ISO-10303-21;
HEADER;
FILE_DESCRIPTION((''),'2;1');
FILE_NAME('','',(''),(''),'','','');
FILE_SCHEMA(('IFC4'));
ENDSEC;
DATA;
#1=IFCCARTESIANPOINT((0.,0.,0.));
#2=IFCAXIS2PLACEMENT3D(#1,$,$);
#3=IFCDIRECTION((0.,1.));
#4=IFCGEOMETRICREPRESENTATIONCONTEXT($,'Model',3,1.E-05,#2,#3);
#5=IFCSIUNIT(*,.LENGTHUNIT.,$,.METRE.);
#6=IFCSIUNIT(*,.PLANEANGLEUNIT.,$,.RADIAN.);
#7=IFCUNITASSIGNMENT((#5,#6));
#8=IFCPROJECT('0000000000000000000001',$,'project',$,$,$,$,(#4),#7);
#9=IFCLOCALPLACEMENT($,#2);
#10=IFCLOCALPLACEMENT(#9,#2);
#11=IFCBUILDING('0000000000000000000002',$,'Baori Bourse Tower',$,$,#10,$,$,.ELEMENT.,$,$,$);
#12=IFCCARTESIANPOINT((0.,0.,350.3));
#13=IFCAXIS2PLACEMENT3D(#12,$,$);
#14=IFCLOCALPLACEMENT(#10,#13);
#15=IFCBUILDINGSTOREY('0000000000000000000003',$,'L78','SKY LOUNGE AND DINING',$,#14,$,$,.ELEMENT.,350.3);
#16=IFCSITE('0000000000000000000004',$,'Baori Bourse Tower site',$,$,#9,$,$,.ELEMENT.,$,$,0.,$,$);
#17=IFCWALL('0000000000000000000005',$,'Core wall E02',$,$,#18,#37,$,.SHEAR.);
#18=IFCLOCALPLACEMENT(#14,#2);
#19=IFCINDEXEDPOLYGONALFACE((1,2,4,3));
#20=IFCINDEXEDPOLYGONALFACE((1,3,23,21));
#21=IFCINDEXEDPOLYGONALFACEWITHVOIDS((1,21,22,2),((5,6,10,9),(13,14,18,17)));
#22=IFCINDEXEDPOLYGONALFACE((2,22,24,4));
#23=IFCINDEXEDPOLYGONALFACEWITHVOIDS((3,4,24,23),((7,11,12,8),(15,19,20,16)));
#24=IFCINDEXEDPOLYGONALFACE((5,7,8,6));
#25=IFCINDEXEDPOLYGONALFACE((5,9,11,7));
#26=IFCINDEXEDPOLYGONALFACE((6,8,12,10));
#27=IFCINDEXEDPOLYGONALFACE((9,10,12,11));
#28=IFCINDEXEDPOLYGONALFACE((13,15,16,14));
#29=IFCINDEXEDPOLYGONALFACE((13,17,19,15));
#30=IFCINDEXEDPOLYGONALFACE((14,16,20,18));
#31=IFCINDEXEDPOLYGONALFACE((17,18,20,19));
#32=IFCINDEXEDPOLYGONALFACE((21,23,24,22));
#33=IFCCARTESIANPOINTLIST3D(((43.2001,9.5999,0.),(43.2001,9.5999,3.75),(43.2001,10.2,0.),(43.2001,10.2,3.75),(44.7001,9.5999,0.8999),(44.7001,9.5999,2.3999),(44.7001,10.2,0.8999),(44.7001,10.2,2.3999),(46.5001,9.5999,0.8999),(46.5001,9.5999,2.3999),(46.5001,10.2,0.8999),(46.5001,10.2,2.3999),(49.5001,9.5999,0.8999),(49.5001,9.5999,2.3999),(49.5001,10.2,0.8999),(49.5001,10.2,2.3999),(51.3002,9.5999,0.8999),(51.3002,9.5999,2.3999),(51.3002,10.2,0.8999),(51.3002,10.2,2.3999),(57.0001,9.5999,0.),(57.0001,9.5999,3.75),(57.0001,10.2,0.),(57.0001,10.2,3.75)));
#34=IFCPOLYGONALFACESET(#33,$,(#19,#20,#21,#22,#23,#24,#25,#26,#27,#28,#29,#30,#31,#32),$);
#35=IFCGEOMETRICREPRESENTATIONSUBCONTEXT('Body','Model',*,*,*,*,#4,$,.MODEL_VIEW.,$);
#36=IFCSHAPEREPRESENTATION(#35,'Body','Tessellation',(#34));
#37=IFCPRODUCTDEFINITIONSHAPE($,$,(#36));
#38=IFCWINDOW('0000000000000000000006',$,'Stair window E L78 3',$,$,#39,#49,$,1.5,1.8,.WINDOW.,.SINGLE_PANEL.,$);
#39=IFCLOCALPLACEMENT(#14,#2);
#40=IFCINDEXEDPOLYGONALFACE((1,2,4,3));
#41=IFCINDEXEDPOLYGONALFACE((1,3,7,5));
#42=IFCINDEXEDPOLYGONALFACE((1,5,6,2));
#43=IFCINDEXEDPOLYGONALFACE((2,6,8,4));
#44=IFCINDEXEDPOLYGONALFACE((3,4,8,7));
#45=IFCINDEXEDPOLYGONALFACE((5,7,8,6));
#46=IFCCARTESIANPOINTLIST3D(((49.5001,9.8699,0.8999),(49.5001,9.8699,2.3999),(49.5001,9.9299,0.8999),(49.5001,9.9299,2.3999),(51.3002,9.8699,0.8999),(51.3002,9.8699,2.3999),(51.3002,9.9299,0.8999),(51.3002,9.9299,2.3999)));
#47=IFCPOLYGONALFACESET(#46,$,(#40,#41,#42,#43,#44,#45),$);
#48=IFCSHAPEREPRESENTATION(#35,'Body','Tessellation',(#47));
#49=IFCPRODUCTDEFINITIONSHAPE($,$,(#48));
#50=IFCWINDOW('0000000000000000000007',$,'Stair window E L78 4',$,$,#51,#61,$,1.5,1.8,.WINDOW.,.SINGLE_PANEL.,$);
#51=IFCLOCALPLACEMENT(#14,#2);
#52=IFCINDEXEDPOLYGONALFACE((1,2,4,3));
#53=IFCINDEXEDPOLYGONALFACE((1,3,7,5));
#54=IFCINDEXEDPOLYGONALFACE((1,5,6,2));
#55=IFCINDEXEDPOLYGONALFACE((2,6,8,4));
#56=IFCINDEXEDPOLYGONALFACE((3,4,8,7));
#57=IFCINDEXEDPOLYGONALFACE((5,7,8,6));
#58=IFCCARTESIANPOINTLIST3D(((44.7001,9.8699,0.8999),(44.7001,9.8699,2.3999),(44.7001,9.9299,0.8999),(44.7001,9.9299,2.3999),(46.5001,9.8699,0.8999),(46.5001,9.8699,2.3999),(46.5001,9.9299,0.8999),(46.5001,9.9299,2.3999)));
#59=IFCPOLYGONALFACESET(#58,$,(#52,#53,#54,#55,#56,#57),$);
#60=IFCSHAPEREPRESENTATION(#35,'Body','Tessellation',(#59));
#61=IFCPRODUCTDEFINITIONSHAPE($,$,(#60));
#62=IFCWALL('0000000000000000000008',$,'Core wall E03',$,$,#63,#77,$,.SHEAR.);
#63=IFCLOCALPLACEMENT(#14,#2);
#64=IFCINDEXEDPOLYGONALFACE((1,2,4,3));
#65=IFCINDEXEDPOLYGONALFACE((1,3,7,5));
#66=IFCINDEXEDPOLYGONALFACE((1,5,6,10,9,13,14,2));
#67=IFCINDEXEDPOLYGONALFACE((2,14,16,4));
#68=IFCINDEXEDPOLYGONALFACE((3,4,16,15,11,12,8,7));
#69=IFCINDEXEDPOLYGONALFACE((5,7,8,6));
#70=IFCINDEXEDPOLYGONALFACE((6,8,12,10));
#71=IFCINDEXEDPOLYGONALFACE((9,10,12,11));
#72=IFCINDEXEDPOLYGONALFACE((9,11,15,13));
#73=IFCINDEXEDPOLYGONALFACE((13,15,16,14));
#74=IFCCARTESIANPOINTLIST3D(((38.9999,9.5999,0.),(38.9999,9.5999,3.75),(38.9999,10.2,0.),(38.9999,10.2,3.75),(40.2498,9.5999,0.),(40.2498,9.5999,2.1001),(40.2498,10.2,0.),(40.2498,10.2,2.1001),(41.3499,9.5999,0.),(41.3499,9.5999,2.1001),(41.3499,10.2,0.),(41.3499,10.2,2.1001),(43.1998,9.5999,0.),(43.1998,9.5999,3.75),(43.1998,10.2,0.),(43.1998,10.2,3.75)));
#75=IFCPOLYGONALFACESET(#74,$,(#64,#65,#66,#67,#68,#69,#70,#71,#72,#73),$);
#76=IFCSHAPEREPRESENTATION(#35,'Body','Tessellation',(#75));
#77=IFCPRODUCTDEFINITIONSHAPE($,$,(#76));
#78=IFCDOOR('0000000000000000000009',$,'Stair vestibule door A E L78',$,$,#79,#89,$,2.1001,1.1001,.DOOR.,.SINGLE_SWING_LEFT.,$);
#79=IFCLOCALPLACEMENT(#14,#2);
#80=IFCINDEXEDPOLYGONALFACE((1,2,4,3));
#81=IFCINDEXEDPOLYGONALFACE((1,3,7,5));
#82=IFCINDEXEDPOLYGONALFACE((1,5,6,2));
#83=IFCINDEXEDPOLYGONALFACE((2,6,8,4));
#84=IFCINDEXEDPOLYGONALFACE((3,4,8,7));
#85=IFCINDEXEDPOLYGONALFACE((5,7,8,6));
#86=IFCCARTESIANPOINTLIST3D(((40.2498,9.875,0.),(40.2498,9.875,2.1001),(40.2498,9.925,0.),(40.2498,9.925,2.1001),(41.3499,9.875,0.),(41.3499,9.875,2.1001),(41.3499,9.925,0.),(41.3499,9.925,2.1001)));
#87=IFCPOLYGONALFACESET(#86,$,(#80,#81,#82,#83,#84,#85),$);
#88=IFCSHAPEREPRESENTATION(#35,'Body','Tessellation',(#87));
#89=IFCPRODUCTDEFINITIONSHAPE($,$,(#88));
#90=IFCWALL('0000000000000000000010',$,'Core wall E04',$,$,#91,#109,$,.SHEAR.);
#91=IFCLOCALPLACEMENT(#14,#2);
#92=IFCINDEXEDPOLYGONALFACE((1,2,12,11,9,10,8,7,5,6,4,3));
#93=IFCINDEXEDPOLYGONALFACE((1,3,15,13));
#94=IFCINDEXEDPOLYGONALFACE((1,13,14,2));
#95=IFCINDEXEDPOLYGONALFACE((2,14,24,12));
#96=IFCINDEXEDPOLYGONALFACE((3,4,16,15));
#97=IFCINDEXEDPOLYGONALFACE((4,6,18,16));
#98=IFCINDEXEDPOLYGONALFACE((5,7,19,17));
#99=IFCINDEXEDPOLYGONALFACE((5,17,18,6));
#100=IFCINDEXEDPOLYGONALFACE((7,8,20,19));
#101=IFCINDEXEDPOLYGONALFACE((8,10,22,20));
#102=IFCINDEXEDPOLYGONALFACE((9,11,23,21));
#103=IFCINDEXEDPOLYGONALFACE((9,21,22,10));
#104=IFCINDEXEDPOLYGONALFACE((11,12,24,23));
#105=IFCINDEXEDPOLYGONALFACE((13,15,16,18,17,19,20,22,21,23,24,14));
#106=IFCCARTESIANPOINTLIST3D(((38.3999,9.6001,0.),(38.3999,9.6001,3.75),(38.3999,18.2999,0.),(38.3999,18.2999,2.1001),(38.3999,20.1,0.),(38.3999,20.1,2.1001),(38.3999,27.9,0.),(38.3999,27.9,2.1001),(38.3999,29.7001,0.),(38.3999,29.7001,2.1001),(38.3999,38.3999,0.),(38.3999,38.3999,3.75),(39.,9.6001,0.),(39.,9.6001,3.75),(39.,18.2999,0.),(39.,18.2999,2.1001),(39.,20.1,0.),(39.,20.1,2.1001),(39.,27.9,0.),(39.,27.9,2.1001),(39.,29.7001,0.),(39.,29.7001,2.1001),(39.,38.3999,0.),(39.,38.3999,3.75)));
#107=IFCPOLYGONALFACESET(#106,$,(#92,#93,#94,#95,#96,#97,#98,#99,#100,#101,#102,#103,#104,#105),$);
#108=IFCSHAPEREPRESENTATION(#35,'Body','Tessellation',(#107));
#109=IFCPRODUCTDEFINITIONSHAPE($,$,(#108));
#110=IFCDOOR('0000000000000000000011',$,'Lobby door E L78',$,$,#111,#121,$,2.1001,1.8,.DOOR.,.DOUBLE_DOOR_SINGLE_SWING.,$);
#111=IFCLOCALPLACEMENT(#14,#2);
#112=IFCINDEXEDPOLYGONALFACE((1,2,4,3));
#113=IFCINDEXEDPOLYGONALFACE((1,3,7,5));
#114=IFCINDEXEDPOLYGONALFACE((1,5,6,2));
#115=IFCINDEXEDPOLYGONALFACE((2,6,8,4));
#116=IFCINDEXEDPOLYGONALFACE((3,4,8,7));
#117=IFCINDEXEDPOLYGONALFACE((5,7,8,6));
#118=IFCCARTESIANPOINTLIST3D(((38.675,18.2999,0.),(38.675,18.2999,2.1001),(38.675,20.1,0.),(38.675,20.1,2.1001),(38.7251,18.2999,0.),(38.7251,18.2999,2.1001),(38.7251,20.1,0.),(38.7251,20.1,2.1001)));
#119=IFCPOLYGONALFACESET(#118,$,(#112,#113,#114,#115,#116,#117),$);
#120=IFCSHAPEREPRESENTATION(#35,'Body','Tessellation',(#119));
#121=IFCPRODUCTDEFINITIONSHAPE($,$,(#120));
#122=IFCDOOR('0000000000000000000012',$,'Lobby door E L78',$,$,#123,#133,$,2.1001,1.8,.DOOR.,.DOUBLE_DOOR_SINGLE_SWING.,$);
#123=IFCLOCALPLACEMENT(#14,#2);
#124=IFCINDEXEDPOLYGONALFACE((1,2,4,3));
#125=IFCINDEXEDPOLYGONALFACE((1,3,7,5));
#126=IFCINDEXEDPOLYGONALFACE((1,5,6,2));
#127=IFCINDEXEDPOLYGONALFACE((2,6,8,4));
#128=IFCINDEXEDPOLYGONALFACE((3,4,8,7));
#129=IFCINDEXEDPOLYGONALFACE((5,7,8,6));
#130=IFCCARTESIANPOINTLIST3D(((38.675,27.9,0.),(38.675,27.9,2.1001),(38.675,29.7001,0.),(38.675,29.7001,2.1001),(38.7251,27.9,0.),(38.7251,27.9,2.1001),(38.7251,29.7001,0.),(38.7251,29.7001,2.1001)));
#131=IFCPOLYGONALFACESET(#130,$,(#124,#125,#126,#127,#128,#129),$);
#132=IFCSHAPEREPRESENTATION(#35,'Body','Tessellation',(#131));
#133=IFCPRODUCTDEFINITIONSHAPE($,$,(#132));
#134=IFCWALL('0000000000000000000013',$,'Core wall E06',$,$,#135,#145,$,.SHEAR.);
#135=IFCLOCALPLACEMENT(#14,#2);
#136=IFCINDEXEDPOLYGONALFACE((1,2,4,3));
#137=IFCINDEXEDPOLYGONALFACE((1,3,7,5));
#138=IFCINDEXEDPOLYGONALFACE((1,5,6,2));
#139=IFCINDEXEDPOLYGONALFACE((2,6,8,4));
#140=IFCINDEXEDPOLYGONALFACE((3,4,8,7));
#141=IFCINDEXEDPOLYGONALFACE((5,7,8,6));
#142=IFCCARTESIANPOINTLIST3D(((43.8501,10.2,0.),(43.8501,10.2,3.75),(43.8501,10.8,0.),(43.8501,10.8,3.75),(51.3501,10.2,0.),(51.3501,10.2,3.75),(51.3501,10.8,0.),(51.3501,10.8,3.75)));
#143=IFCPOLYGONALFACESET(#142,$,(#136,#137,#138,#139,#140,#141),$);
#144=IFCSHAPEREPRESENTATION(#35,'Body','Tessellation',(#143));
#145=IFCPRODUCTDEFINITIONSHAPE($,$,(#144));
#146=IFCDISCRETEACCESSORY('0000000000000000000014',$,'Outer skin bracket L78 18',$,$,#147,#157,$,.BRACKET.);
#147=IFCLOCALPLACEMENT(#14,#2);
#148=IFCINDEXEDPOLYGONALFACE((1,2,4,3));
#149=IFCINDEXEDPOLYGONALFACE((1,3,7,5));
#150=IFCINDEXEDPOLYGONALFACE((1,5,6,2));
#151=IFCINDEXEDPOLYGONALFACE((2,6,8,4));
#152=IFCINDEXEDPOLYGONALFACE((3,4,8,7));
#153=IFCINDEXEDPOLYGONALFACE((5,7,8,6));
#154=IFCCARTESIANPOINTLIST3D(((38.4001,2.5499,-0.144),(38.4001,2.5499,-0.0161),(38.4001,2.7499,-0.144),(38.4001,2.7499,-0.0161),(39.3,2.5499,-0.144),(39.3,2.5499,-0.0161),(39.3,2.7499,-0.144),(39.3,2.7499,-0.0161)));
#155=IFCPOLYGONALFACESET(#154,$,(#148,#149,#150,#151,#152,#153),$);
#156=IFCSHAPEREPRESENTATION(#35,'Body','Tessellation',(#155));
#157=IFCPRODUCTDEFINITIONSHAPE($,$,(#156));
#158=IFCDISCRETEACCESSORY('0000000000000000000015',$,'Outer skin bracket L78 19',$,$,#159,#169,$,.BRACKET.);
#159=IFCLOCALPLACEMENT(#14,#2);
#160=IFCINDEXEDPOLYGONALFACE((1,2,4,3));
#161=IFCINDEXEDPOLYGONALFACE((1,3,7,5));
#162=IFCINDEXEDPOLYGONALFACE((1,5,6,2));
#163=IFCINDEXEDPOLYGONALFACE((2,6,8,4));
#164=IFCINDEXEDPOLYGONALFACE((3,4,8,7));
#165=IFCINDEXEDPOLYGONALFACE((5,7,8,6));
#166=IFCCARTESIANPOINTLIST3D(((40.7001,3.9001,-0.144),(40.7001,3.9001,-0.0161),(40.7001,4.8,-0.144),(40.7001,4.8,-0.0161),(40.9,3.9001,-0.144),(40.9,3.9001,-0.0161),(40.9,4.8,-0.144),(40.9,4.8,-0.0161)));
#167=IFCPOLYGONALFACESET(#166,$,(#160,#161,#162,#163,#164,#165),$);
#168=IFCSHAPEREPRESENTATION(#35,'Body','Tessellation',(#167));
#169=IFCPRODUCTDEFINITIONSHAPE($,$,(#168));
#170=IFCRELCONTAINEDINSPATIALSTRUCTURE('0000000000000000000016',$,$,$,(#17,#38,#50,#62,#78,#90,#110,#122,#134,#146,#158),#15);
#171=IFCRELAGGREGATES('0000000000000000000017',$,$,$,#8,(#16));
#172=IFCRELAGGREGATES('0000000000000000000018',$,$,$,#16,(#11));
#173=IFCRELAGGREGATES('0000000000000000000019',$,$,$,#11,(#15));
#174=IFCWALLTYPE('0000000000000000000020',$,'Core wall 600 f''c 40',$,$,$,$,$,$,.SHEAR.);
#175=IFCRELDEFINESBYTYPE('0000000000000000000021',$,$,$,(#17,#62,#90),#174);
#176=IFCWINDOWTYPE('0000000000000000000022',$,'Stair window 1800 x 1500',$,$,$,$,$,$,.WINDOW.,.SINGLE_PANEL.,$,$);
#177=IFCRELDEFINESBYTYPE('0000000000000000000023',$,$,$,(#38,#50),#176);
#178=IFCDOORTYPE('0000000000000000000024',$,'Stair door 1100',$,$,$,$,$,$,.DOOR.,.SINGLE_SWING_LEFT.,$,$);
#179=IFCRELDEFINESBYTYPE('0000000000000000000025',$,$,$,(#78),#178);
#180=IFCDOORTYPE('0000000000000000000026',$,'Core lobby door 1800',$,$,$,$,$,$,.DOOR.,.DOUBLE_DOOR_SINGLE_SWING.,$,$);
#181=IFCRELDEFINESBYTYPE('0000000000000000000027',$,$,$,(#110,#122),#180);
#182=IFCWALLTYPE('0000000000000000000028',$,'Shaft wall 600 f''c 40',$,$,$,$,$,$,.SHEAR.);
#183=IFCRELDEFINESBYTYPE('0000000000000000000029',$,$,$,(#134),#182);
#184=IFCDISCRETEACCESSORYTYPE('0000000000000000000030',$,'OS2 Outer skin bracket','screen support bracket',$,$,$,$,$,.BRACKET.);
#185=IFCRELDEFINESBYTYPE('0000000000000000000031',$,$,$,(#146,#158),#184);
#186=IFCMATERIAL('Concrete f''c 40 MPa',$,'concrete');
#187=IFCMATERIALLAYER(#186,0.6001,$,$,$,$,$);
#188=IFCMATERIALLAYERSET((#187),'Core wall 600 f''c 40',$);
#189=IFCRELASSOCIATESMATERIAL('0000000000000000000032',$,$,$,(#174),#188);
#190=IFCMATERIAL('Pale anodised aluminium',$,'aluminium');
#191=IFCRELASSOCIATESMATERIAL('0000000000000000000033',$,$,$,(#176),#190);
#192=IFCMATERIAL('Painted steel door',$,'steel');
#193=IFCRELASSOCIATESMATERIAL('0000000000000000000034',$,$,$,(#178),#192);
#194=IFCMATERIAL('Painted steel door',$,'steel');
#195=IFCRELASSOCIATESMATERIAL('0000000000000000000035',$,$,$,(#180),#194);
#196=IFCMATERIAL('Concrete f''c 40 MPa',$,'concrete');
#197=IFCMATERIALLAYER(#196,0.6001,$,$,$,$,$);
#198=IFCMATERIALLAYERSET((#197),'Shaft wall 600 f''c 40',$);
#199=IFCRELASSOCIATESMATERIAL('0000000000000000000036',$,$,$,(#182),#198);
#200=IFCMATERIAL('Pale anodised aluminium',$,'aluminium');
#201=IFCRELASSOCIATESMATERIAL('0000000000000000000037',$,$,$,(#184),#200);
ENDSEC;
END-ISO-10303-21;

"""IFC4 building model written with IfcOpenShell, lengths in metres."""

from ifc_helpers import new_model, si_unit, direction, frame, frame_2d, origin, origin_2d, place, context, subcontext, project, spatial, rectangle, extrude, material, layer, layer_set, type_object, element, fill, save


model = new_model("IFC4")

# Units and contexts
model_context = context("Model", 3, precision=1e-05, world=origin(), true_north=direction((0.0, 1.0)))
body_context = subcontext(model_context, "Body", "Model", "MODEL_VIEW")
ifc_project = project(units=[si_unit("LENGTHUNIT", "METRE"), si_unit("PLANEANGLEUNIT", "RADIAN")], contexts=[model_context])

# Site, building, storey
site_placement = place(None, origin())
site = spatial("IfcSite", under=ifc_project, at=site_placement, Name="Baori Bourse Tower site", CompositionType="ELEMENT", RefElevation=0.0)
building_placement = place(site_placement, origin())
building = spatial("IfcBuilding", under=site, at=building_placement, Name="Baori Bourse Tower", CompositionType="ELEMENT")
storey_placement = place(building_placement, frame((0.0, 0.0, 350.3)))
storey = spatial("IfcBuildingStorey", under=building, at=storey_placement, Name="L78", Description="SKY LOUNGE AND DINING", CompositionType="ELEMENT", Elevation=350.3)

# Wall, openings, windows
ifc_material_1 = material(Name="Concrete f'c 40 MPa", Category="concrete")
ifc_layer_1 = layer(ifc_material_1, 0.6001)
ifc_layer_set_1 = layer_set([ifc_layer_1], Name="Core wall 600 f'c 40")
wall_type_1 = type_object("IfcWallType", Name="Core wall 600 f'c 40", PredefinedType="SHEAR", material=ifc_layer_set_1)
wall_1_placement = place(storey_placement, frame((57.0, 9.8999, 0.0), z_axis=(0.0, 0.0, 1.0), x_axis=(-1.0, 0.0, 0.0)))
wall_1 = element("IfcWall", 1, at=wall_1_placement, inside=storey, type_object=wall_type_1, Name="Core wall E02", PredefinedType="SHEAR", context=body_context, shape_type="SweptSolid", body=[
    extrude(rectangle(XDim=13.8, YDim=0.6001, at=frame_2d((6.8999, 0.0))), origin(), (0.0, 0.0, 1.0), 3.75),
])
opening_1_placement = place(wall_1_placement, frame((5.7, 0.0, 0.8999)))
opening_1 = element("IfcOpeningElement", 2, at=opening_1_placement, cuts=wall_1, PredefinedType="OPENING", context=body_context, shape_type="SweptSolid", body=[
    extrude(rectangle(XDim=1.8, YDim=1.5, at=frame_2d((0.8999, 0.75))), frame((0.0, 0.3101, 0.0), z_axis=(0.0, -1.0, 0.0), x_axis=(1.0, 0.0, 0.0)), (0.0, 0.0, 1.0), 0.6201),
])
opening_2_placement = place(wall_1_placement, frame((10.5, 0.0, 0.8999)))
opening_2 = element("IfcOpeningElement", 3, at=opening_2_placement, cuts=wall_1, PredefinedType="OPENING", context=body_context, shape_type="SweptSolid", body=[
    extrude(rectangle(XDim=1.8, YDim=1.5, at=frame_2d((0.8999, 0.75))), frame((0.0, 0.3101, 0.0), z_axis=(0.0, -1.0, 0.0), x_axis=(1.0, 0.0, 0.0)), (0.0, 0.0, 1.0), 0.6201),
])
ifc_material_2 = material(Name="Pale anodised aluminium", Category="aluminium")
window_type = type_object("IfcWindowType", Name="Stair window 1800 x 1500", PartitioningType="SINGLE_PANEL", PredefinedType="WINDOW", material=ifc_material_2)
window_1_placement = place(opening_1_placement, origin())
window_1 = element("IfcWindow", 4, at=window_1_placement, inside=storey, type_object=window_type, Name="Stair window E L78 3", OverallHeight=1.5, OverallWidth=1.8, PartitioningType="SINGLE_PANEL", PredefinedType="WINDOW", context=body_context, shape_type="SweptSolid", body=[
    extrude(rectangle(XDim=1.8, YDim=1.5, at=frame_2d((0.8999, 0.75))), frame((0.0, 0.03, 0.0), z_axis=(0.0, -1.0, 0.0), x_axis=(1.0, 0.0, 0.0)), (0.0, 0.0, 1.0), 0.0601),
])
fill(opening_1, window_1)
window_2_placement = place(opening_2_placement, origin())
window_2 = element("IfcWindow", 5, at=window_2_placement, inside=storey, type_object=window_type, Name="Stair window E L78 4", OverallHeight=1.5, OverallWidth=1.8, PartitioningType="SINGLE_PANEL", PredefinedType="WINDOW", context=body_context, shape_type="SweptSolid", body=[
    extrude(rectangle(XDim=1.8, YDim=1.5, at=frame_2d((0.8999, 0.75))), frame((0.0, 0.03, 0.0), z_axis=(0.0, -1.0, 0.0), x_axis=(1.0, 0.0, 0.0)), (0.0, 0.0, 1.0), 0.0601),
])
fill(opening_2, window_2)

# Wall, opening, door
wall_2_placement = place(storey_placement, frame((43.2, 9.8999, 0.0), z_axis=(0.0, 0.0, 1.0), x_axis=(-1.0, 0.0, 0.0)))
wall_2 = element("IfcWall", 6, at=wall_2_placement, inside=storey, type_object=wall_type_1, Name="Core wall E03", PredefinedType="SHEAR", context=body_context, shape_type="SweptSolid", body=[
    extrude(rectangle(XDim=4.2, YDim=0.6001, at=frame_2d((2.1001, 0.0))), origin(), (0.0, 0.0, 1.0), 3.75),
])
opening_3_placement = place(wall_2_placement, frame((1.8501, 0.0, 0.0)))
opening_3 = element("IfcOpeningElement", 7, at=opening_3_placement, cuts=wall_2, PredefinedType="OPENING", context=body_context, shape_type="SweptSolid", body=[
    extrude(rectangle(XDim=1.1001, YDim=2.1001, at=frame_2d((0.55, 1.05))), frame((0.0, 0.3101, 0.0), z_axis=(0.0, -1.0, 0.0), x_axis=(1.0, 0.0, 0.0)), (0.0, 0.0, 1.0), 0.6201),
])
ifc_material_3 = material(Name="Painted steel door", Category="steel")
door_type_1 = type_object("IfcDoorType", Name="Stair door 1100", OperationType="SINGLE_SWING_LEFT", PredefinedType="DOOR", material=ifc_material_3)
door_1_placement = place(opening_3_placement, origin())
door_1 = element("IfcDoor", 8, at=door_1_placement, inside=storey, type_object=door_type_1, Name="Stair vestibule door A E L78", OperationType="SINGLE_SWING_LEFT", OverallHeight=2.1001, OverallWidth=1.1001, PredefinedType="DOOR", context=body_context, shape_type="SweptSolid", body=[
    extrude(rectangle(XDim=1.1001, YDim=2.1001, at=frame_2d((0.55, 1.05))), frame((0.0, 0.0249, 0.0), z_axis=(0.0, -1.0, 0.0), x_axis=(1.0, 0.0, 0.0)), (0.0, 0.0, 1.0), 0.05),
])
fill(opening_3, door_1)

# Wall, openings, doors
wall_3_placement = place(storey_placement, frame((38.7, 9.6001, 0.0), z_axis=(0.0, 0.0, 1.0), x_axis=(0.0, 1.0, 0.0)))
wall_3 = element("IfcWall", 9, at=wall_3_placement, inside=storey, type_object=wall_type_1, Name="Core wall E04", PredefinedType="SHEAR", context=body_context, shape_type="SweptSolid", body=[
    extrude(rectangle(XDim=28.7998, YDim=0.6001, at=frame_2d((14.3999, 0.0))), origin(), (0.0, 0.0, 1.0), 3.75),
])
opening_4_placement = place(wall_3_placement, frame((8.7, 0.0, 0.0)))
opening_4 = element("IfcOpeningElement", 10, at=opening_4_placement, cuts=wall_3, PredefinedType="OPENING", context=body_context, shape_type="SweptSolid", body=[
    extrude(rectangle(XDim=1.8, YDim=2.1001, at=frame_2d((0.8999, 1.05))), frame((0.0, 0.3101, 0.0), z_axis=(0.0, -1.0, 0.0), x_axis=(1.0, 0.0, 0.0)), (0.0, 0.0, 1.0), 0.6201),
])
opening_5_placement = place(wall_3_placement, frame((18.3, 0.0, 0.0)))
opening_5 = element("IfcOpeningElement", 11, at=opening_5_placement, cuts=wall_3, PredefinedType="OPENING", context=body_context, shape_type="SweptSolid", body=[
    extrude(rectangle(XDim=1.8, YDim=2.1001, at=frame_2d((0.8999, 1.05))), frame((0.0, 0.3101, 0.0), z_axis=(0.0, -1.0, 0.0), x_axis=(1.0, 0.0, 0.0)), (0.0, 0.0, 1.0), 0.6201),
])
ifc_material_4 = material(Name="Painted steel door", Category="steel")
door_type_2 = type_object("IfcDoorType", Name="Core lobby door 1800", OperationType="DOUBLE_DOOR_SINGLE_SWING", PredefinedType="DOOR", material=ifc_material_4)
door_2_placement = place(opening_4_placement, origin())
door_2 = element("IfcDoor", 12, at=door_2_placement, inside=storey, type_object=door_type_2, Name="Lobby door E L78", OperationType="DOUBLE_DOOR_SINGLE_SWING", OverallHeight=2.1001, OverallWidth=1.8, PredefinedType="DOOR", context=body_context, shape_type="SweptSolid", body=[
    extrude(rectangle(XDim=1.8, YDim=2.1001, at=frame_2d((0.8999, 1.05))), frame((0.0, 0.0249, 0.0), z_axis=(0.0, -1.0, 0.0), x_axis=(1.0, 0.0, 0.0)), (0.0, 0.0, 1.0), 0.05),
])
fill(opening_4, door_2)
door_3_placement = place(opening_5_placement, origin())
door_3 = element("IfcDoor", 13, at=door_3_placement, inside=storey, type_object=door_type_2, Name="Lobby door E L78", OperationType="DOUBLE_DOOR_SINGLE_SWING", OverallHeight=2.1001, OverallWidth=1.8, PredefinedType="DOOR", context=body_context, shape_type="SweptSolid", body=[
    extrude(rectangle(XDim=1.8, YDim=2.1001, at=frame_2d((0.8999, 1.05))), frame((0.0, 0.0249, 0.0), z_axis=(0.0, -1.0, 0.0), x_axis=(1.0, 0.0, 0.0)), (0.0, 0.0, 1.0), 0.05),
])
fill(opening_5, door_3)

# Wall
ifc_material_5 = material(Name="Concrete f'c 40 MPa", Category="concrete")
ifc_layer_2 = layer(ifc_material_5, 0.6001)
ifc_layer_set_2 = layer_set([ifc_layer_2], Name="Shaft wall 600 f'c 40")
wall_type_2 = type_object("IfcWallType", Name="Shaft wall 600 f'c 40", PredefinedType="SHEAR", material=ifc_layer_set_2)
wall_4_placement = place(storey_placement, frame((43.8501, 10.5, 0.0), z_axis=(0.0, 0.0, 1.0), x_axis=(1.0, 0.0, 0.0)))
element("IfcWall", 14, at=wall_4_placement, inside=storey, type_object=wall_type_2, Name="Core wall E06", PredefinedType="SHEAR", context=body_context, shape_type="SweptSolid", body=[
    extrude(rectangle(XDim=7.5, YDim=0.6001, at=frame_2d((3.75, 0.0))), origin(), (0.0, 0.0, 1.0), 3.75),
])

# Discrete accessories
ifc_material_6 = material(Name="Pale anodised aluminium", Category="aluminium")
discrete_accessory_type = type_object("IfcDiscreteAccessoryType", Name="OS2 Outer skin bracket", Description="screen support bracket", PredefinedType="BRACKET", material=ifc_material_6)
for number, where, z_axis, x_axis, name in (
    (15, (38.8501, 2.6499, -0.144), (0.0, 0.0, 1.0), (0.0, 1.0, 0.0), "Outer skin bracket L78 18"),
    (16, (40.8, 4.3501, -0.144), (0.0, 0.0, 1.0), (1.0, 0.0, 0.0), "Outer skin bracket L78 19"),
):
    element("IfcDiscreteAccessory", number, at=place(storey_placement, frame(where, z_axis=z_axis, x_axis=x_axis)), inside=storey, type_object=discrete_accessory_type, Name=name, PredefinedType="BRACKET", context=body_context, shape_type="SweptSolid", body=[
        extrude(rectangle(XDim=0.2, YDim=0.8999, at=origin_2d()), origin(), (0.0, 0.0, 1.0), 0.1279),
    ])

save(model, "model.ifc")
